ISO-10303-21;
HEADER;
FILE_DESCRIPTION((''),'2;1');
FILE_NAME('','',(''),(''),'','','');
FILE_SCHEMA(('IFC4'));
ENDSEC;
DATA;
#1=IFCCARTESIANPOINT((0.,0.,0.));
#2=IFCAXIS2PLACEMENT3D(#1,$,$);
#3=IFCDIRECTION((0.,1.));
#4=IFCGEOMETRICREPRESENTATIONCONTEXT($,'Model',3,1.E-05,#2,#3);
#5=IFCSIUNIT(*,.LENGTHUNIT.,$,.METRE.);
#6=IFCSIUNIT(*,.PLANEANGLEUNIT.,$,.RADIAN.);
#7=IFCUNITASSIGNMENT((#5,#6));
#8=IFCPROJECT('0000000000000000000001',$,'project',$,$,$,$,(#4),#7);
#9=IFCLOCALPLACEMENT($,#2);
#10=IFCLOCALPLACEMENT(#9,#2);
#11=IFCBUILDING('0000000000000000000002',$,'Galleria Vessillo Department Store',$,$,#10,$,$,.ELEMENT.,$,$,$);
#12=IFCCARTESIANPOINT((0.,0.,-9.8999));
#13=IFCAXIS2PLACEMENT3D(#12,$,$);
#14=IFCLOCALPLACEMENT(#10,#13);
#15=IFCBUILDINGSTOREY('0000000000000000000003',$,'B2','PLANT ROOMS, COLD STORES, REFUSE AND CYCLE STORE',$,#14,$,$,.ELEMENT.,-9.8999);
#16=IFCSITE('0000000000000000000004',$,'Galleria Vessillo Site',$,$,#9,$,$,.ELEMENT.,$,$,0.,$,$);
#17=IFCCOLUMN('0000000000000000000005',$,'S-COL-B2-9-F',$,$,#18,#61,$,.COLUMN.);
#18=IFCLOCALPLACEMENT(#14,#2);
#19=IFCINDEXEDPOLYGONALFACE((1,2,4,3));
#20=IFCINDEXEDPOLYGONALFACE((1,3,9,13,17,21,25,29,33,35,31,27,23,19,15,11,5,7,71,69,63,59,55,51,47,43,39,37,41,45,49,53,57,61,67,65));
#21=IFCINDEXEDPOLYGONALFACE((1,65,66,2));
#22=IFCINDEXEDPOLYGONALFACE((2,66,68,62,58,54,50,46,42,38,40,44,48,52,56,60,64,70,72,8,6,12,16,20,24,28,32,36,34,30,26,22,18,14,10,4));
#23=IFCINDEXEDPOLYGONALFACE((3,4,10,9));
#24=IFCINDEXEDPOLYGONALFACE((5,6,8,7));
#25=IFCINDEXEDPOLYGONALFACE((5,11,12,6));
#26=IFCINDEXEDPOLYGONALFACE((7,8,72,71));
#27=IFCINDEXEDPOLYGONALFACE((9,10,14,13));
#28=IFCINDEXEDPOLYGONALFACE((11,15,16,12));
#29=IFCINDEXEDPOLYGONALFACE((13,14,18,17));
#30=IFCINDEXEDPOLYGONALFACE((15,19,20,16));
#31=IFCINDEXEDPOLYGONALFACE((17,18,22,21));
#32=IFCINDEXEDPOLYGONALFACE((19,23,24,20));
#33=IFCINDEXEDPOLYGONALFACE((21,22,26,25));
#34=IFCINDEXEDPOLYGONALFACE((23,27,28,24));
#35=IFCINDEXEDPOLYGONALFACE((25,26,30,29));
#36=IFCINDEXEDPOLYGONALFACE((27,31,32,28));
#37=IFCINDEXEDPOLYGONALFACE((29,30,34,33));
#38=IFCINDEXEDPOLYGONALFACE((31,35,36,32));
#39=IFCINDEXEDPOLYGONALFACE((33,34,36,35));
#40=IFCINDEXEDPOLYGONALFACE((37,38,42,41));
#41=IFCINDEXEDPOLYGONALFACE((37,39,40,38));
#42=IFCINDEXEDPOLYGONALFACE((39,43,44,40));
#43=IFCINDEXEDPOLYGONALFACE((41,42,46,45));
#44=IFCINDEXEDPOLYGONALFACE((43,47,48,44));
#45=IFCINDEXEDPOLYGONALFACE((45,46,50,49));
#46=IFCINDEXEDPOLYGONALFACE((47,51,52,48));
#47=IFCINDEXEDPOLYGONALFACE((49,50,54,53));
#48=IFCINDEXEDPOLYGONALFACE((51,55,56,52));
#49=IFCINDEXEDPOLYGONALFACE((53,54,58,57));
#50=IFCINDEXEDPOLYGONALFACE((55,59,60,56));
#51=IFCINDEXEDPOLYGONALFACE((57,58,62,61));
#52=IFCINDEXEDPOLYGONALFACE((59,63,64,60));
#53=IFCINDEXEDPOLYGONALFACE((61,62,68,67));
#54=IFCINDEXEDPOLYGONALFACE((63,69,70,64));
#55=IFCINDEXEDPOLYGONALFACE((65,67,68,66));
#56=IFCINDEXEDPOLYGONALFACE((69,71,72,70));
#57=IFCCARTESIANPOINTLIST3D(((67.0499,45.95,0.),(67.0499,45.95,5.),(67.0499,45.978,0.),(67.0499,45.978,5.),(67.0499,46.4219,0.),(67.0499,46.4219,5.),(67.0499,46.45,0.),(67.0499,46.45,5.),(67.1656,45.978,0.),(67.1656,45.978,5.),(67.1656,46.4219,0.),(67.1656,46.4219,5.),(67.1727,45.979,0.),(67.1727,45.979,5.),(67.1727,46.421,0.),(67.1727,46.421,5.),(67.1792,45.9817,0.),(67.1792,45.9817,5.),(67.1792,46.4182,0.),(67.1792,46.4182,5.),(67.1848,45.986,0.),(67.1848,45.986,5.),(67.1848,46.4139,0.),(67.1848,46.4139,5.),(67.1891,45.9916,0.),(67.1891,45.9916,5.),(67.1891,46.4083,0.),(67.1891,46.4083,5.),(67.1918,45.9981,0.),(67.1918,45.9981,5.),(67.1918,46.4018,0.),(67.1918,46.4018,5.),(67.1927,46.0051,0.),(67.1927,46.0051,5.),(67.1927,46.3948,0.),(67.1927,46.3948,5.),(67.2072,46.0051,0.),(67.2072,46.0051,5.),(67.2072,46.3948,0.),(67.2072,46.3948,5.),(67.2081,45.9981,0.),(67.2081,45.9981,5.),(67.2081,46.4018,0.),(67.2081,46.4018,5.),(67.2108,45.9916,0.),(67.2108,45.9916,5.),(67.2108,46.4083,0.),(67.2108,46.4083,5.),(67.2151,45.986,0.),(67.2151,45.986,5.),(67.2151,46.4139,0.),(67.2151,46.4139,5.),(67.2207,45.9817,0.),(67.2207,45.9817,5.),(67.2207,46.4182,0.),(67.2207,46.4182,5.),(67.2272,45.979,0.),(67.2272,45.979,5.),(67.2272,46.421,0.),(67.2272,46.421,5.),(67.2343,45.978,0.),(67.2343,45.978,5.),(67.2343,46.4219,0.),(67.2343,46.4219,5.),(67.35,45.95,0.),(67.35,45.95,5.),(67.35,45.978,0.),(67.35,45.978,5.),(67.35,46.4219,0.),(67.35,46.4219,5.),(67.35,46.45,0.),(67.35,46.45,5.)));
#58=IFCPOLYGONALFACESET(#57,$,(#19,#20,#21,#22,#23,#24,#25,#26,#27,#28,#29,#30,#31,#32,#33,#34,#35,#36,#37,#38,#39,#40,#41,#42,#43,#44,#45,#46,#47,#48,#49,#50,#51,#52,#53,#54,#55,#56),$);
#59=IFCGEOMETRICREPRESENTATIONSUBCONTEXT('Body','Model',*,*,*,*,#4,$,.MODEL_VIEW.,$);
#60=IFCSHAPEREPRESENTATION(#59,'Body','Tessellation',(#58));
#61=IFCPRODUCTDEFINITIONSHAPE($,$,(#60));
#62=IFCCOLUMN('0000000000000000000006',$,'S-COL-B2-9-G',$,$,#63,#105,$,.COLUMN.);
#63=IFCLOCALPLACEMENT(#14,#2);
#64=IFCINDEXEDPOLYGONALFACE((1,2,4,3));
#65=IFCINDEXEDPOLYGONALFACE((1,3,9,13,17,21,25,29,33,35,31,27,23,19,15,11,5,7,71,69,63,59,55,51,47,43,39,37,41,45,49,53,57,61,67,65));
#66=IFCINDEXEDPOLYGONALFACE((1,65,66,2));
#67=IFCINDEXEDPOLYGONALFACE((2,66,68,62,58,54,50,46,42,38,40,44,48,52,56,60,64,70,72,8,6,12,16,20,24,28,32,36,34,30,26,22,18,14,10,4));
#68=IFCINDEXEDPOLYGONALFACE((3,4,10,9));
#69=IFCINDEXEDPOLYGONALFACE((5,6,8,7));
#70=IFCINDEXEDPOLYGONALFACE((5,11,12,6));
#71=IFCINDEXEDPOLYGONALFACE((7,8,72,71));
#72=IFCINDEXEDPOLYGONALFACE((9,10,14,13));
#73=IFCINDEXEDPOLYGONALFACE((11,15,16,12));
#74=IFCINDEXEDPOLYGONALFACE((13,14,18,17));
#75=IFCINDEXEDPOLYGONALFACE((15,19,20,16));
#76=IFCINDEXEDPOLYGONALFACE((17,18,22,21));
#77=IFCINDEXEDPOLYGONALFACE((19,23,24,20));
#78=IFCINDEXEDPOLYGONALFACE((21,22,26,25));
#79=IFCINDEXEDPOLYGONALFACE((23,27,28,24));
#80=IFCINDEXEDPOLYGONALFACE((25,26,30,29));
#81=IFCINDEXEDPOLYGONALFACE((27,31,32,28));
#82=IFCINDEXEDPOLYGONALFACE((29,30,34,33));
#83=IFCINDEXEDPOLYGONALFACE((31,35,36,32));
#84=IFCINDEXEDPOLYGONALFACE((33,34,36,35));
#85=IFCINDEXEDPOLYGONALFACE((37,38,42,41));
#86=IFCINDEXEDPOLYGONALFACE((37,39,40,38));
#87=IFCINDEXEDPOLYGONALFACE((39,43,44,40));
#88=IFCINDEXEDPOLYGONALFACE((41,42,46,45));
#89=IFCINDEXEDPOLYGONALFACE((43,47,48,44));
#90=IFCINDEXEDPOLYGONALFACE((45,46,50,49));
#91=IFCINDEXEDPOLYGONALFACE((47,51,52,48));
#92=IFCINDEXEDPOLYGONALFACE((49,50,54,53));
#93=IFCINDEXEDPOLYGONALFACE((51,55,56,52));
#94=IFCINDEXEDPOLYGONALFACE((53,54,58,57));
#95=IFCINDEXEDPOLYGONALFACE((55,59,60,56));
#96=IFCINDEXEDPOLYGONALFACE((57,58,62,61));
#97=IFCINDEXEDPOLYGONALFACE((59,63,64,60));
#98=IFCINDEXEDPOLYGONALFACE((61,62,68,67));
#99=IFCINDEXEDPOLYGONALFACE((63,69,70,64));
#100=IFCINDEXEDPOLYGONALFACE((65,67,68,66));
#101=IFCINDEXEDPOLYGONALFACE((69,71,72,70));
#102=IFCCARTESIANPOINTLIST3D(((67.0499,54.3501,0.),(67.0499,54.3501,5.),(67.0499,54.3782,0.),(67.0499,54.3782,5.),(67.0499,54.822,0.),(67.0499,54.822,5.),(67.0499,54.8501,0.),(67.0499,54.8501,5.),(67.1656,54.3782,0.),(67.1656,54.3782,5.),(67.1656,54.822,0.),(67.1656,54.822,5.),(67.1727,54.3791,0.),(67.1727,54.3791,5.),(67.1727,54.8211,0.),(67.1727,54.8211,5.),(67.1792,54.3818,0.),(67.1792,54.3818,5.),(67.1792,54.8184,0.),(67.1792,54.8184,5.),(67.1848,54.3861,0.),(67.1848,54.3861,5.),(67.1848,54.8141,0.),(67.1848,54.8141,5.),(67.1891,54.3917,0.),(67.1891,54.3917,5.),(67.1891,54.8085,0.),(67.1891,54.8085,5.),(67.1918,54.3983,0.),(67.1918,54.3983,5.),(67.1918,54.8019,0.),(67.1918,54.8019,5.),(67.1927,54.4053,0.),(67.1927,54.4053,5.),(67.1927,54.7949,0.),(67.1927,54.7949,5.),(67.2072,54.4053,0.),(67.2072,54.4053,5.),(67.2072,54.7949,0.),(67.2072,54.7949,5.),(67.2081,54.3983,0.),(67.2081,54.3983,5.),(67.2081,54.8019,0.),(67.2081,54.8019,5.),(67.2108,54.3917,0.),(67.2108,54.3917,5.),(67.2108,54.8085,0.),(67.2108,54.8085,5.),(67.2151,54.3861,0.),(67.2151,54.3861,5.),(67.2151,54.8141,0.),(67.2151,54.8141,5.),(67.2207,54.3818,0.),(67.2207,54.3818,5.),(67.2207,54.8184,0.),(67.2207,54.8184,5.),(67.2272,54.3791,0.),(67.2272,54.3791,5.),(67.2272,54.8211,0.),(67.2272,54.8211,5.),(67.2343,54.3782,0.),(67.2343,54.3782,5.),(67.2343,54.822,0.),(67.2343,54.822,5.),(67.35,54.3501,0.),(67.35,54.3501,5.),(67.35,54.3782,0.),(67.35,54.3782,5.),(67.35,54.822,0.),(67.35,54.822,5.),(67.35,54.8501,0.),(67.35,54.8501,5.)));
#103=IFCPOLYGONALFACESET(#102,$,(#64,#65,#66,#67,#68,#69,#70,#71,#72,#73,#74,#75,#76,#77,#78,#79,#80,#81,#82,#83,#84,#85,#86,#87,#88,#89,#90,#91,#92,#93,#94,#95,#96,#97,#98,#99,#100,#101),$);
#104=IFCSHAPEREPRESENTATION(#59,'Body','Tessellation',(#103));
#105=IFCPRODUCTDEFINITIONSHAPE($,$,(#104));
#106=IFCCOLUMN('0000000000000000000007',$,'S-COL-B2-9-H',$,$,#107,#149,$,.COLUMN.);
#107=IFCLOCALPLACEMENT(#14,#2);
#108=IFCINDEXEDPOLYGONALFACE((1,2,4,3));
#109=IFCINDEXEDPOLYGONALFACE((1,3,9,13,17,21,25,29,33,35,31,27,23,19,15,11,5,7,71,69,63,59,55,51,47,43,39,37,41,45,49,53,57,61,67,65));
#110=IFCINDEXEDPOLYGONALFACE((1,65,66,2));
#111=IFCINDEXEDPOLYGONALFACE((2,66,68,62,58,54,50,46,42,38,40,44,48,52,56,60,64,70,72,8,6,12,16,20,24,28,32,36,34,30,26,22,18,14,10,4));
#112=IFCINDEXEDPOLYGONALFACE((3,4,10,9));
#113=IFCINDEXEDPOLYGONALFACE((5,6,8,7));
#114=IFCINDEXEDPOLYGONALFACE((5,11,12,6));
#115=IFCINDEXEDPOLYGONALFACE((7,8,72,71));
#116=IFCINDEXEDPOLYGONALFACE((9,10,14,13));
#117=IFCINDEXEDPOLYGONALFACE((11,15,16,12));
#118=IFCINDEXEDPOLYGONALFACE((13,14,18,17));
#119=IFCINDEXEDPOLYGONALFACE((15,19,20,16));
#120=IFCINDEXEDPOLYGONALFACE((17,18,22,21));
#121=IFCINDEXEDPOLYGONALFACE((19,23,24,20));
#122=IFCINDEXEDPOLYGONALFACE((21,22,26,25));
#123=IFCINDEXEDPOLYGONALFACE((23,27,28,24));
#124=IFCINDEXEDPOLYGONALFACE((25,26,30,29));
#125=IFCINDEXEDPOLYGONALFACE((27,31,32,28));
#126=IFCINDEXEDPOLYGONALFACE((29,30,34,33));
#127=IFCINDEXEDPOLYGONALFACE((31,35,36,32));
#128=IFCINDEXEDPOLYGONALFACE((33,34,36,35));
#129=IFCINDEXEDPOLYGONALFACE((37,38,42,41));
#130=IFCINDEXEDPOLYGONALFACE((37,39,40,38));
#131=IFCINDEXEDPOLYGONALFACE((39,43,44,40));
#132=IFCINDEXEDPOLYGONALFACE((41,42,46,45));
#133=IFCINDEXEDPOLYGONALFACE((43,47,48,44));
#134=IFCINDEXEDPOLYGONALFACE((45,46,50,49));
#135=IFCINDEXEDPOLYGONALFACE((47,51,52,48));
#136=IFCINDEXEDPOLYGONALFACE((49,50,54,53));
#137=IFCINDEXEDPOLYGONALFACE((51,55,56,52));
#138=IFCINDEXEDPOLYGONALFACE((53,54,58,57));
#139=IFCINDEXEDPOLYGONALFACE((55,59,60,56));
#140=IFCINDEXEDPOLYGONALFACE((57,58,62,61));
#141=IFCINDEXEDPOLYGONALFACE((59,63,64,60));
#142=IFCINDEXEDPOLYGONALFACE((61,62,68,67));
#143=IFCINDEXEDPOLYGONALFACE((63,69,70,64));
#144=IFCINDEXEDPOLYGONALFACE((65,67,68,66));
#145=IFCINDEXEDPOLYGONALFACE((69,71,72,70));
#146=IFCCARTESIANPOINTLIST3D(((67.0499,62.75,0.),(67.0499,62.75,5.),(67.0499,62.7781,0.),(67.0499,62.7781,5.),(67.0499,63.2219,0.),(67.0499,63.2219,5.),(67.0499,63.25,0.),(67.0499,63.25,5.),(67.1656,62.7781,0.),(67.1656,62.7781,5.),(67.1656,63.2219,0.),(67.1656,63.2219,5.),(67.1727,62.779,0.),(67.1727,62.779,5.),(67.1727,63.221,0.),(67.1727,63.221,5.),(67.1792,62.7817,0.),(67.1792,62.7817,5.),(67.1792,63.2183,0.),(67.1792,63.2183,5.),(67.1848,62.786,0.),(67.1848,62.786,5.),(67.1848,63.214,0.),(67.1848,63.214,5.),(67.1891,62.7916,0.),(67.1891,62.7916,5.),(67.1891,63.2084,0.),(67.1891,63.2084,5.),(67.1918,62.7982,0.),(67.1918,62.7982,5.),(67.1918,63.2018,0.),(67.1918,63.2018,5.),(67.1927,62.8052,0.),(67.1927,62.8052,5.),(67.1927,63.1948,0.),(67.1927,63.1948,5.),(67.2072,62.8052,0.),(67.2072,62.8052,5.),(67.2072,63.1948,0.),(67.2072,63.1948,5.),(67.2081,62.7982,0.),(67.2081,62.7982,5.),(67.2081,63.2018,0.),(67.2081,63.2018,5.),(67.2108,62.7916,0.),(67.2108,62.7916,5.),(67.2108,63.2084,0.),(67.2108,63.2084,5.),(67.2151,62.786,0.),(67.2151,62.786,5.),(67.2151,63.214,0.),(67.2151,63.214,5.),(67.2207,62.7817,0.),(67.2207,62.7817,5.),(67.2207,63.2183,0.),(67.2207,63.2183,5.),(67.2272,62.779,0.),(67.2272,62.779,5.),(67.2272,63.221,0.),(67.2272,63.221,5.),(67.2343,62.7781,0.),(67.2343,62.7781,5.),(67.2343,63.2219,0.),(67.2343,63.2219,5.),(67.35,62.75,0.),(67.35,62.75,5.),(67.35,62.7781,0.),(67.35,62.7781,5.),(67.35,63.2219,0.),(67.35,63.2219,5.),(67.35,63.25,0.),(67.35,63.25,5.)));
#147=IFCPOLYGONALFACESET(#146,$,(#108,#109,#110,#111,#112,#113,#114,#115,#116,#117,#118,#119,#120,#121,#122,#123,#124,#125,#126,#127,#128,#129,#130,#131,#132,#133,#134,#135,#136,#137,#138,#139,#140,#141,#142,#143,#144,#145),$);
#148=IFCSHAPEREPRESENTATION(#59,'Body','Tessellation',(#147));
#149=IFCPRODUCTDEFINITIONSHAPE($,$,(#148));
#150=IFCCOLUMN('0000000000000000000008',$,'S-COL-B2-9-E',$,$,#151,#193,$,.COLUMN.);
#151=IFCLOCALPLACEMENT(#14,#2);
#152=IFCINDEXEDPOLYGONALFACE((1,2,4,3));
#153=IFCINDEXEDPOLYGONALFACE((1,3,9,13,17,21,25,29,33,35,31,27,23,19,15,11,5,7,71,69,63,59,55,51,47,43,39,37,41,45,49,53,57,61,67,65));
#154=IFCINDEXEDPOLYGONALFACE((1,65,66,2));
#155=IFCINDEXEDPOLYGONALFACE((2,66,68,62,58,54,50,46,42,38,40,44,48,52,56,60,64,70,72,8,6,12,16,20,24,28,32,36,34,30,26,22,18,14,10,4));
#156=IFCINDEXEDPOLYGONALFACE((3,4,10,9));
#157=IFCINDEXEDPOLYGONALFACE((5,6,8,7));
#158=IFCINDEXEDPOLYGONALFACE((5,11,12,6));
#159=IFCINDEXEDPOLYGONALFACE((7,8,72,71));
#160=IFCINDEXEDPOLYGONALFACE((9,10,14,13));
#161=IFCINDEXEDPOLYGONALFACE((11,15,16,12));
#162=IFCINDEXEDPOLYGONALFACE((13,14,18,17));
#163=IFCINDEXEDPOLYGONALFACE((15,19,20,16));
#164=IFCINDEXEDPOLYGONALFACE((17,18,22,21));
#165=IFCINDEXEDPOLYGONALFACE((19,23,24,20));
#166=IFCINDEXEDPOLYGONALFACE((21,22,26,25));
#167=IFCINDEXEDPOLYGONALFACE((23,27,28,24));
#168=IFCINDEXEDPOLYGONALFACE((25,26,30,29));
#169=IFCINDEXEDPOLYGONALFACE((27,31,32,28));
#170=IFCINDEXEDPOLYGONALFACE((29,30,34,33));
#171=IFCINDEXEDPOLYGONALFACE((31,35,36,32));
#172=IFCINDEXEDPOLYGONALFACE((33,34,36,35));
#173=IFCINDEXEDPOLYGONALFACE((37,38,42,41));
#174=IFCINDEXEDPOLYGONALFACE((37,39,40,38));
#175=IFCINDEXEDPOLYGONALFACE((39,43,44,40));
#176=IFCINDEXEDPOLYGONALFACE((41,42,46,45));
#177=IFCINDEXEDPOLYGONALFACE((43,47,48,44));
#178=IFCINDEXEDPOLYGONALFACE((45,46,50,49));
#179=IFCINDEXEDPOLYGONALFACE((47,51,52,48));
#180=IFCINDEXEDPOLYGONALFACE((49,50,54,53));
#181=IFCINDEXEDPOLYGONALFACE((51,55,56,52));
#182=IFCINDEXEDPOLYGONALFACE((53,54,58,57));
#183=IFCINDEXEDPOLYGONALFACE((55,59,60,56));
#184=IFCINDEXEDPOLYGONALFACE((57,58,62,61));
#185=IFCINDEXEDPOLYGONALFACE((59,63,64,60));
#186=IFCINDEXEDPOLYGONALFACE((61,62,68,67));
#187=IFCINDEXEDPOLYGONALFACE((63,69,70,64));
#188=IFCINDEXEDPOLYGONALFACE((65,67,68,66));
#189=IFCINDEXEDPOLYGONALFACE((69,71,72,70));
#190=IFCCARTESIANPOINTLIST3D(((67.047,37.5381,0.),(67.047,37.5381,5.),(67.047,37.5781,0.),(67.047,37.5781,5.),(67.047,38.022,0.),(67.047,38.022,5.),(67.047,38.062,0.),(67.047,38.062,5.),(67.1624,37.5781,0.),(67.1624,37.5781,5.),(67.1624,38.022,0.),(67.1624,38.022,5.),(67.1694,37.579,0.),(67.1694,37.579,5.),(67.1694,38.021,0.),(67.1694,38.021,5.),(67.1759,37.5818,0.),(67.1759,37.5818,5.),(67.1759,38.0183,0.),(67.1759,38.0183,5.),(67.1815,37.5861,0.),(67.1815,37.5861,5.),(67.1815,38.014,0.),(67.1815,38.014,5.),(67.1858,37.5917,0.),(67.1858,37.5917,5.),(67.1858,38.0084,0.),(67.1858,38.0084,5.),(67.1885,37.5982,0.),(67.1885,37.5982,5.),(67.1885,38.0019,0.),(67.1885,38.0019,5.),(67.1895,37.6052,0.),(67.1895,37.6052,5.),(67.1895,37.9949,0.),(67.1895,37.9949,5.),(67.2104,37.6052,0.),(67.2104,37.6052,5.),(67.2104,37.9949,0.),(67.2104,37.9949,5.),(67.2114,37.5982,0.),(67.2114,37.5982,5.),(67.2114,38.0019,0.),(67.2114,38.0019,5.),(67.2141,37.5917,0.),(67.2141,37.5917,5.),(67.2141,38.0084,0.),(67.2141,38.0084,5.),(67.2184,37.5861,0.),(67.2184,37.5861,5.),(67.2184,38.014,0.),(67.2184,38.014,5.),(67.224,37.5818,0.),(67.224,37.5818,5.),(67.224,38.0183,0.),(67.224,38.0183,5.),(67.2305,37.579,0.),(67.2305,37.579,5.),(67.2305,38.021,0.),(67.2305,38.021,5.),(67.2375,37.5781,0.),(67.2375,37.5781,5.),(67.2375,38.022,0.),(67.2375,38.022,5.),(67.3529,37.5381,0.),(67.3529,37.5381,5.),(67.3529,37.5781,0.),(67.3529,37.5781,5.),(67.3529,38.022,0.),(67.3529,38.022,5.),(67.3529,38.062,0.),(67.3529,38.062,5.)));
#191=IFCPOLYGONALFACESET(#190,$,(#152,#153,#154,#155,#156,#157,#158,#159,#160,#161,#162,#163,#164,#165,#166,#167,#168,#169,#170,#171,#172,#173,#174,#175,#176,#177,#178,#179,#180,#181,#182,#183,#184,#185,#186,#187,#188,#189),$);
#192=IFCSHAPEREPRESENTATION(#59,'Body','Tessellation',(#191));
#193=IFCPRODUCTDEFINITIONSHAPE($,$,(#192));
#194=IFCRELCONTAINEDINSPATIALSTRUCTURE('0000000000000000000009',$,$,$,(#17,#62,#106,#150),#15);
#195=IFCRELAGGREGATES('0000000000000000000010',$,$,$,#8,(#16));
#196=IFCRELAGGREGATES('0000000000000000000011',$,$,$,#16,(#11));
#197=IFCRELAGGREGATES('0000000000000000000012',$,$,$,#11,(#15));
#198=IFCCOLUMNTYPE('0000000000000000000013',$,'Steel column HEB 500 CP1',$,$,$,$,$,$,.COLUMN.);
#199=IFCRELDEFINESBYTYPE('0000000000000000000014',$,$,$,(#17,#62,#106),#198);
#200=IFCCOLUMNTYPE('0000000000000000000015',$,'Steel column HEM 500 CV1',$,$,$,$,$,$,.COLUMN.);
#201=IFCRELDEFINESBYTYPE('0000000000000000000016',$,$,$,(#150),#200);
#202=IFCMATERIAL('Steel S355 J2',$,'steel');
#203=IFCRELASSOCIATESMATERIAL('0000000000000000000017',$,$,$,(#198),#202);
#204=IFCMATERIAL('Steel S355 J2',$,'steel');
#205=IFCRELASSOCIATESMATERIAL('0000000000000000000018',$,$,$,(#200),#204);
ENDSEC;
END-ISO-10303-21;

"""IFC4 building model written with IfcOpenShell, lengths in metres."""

from ifc_helpers import new_model, si_unit, direction, frame, origin, origin_2d, place, context, subcontext, project, spatial, i_section, extrude, material, material_profile, profile_set, type_object, element, save


model = new_model("IFC4")

# Units and contexts
model_context = context("Model", 3, precision=1e-05, world=origin(), true_north=direction((0.0, 1.0)))
body_context = subcontext(model_context, "Body", "Model", "MODEL_VIEW")
ifc_project = project(units=[si_unit("LENGTHUNIT", "METRE"), si_unit("PLANEANGLEUNIT", "RADIAN")], contexts=[model_context])

# Site, building, storey
site_placement = place(None, origin())
site = spatial("IfcSite", under=ifc_project, at=site_placement, Name="Galleria Vessillo Site", CompositionType="ELEMENT", RefElevation=0.0)
building_placement = place(site_placement, origin())
building = spatial("IfcBuilding", under=site, at=building_placement, Name="Galleria Vessillo Department Store", CompositionType="ELEMENT")
storey_placement = place(building_placement, frame((0.0, 0.0, -9.8999)))
storey = spatial("IfcBuildingStorey", under=building, at=storey_placement, Name="B2", Description="PLANT ROOMS, COLD STORES, REFUSE AND CYCLE STORE", CompositionType="ELEMENT", Elevation=-9.8999)

# Columns
ifc_material_1 = material(Name="Steel S355 J2", Category="steel")
ifc_material_profile_1 = material_profile(ifc_material_1, i_section(OverallWidth=0.3, OverallDepth=0.5, WebThickness=0.0144, FlangeThickness=0.0281, FilletRadius=0.0271, at=origin_2d()), Name="HEB 500")
ifc_profile_set_1 = profile_set([ifc_material_profile_1], Name="Steel S355 J2")
column_type_1 = type_object("IfcColumnType", Name="Steel column HEB 500 CP1", PredefinedType="COLUMN", material=ifc_profile_set_1)
for number, where, z_axis, x_axis, name in (
    (1, (67.2, 46.2, 0.0), (0.0, 0.0, 1.0), (1.0, 0.0, 0.0), "S-COL-B2-9-F"),
    (2, (67.2, 54.6001, 0.0), (0.0, 0.0, 1.0), (1.0, 0.0, 0.0), "S-COL-B2-9-G"),
    (3, (67.2, 63.0, 0.0), (0.0, 0.0, 1.0), (1.0, 0.0, 0.0), "S-COL-B2-9-H"),
):
    element("IfcColumn", number, at=place(storey_placement, frame(where, z_axis=z_axis, x_axis=x_axis)), inside=storey, type_object=column_type_1, Name=name, PredefinedType="COLUMN", context=body_context, shape_type="SweptSolid", body=[
        extrude(i_section(OverallWidth=0.3, OverallDepth=0.5, WebThickness=0.0144, FlangeThickness=0.0281, FilletRadius=0.0271, at=origin_2d()), origin(), (0.0, 0.0, 1.0), 5.0),
    ])
ifc_material_2 = material(Name="Steel S355 J2", Category="steel")
ifc_material_profile_2 = material_profile(ifc_material_2, i_section(OverallWidth=0.3059, OverallDepth=0.5239, WebThickness=0.021, FlangeThickness=0.04, FilletRadius=0.0271, at=origin_2d()), Name="HEM 500")
ifc_profile_set_2 = profile_set([ifc_material_profile_2], Name="Steel S355 J2")
column_type_2 = type_object("IfcColumnType", Name="Steel column HEM 500 CV1", PredefinedType="COLUMN", material=ifc_profile_set_2)
column_1_placement = place(storey_placement, frame((67.2, 37.8, 0.0), z_axis=(0.0, 0.0, 1.0), x_axis=(1.0, 0.0, 0.0)))
element("IfcColumn", 4, at=column_1_placement, inside=storey, type_object=column_type_2, Name="S-COL-B2-9-E", PredefinedType="COLUMN", context=body_context, shape_type="SweptSolid", body=[
    extrude(i_section(OverallWidth=0.3059, OverallDepth=0.5239, WebThickness=0.021, FlangeThickness=0.04, FilletRadius=0.0271, at=origin_2d()), origin(), (0.0, 0.0, 1.0), 5.0),
])

save(model, "model.ifc")
